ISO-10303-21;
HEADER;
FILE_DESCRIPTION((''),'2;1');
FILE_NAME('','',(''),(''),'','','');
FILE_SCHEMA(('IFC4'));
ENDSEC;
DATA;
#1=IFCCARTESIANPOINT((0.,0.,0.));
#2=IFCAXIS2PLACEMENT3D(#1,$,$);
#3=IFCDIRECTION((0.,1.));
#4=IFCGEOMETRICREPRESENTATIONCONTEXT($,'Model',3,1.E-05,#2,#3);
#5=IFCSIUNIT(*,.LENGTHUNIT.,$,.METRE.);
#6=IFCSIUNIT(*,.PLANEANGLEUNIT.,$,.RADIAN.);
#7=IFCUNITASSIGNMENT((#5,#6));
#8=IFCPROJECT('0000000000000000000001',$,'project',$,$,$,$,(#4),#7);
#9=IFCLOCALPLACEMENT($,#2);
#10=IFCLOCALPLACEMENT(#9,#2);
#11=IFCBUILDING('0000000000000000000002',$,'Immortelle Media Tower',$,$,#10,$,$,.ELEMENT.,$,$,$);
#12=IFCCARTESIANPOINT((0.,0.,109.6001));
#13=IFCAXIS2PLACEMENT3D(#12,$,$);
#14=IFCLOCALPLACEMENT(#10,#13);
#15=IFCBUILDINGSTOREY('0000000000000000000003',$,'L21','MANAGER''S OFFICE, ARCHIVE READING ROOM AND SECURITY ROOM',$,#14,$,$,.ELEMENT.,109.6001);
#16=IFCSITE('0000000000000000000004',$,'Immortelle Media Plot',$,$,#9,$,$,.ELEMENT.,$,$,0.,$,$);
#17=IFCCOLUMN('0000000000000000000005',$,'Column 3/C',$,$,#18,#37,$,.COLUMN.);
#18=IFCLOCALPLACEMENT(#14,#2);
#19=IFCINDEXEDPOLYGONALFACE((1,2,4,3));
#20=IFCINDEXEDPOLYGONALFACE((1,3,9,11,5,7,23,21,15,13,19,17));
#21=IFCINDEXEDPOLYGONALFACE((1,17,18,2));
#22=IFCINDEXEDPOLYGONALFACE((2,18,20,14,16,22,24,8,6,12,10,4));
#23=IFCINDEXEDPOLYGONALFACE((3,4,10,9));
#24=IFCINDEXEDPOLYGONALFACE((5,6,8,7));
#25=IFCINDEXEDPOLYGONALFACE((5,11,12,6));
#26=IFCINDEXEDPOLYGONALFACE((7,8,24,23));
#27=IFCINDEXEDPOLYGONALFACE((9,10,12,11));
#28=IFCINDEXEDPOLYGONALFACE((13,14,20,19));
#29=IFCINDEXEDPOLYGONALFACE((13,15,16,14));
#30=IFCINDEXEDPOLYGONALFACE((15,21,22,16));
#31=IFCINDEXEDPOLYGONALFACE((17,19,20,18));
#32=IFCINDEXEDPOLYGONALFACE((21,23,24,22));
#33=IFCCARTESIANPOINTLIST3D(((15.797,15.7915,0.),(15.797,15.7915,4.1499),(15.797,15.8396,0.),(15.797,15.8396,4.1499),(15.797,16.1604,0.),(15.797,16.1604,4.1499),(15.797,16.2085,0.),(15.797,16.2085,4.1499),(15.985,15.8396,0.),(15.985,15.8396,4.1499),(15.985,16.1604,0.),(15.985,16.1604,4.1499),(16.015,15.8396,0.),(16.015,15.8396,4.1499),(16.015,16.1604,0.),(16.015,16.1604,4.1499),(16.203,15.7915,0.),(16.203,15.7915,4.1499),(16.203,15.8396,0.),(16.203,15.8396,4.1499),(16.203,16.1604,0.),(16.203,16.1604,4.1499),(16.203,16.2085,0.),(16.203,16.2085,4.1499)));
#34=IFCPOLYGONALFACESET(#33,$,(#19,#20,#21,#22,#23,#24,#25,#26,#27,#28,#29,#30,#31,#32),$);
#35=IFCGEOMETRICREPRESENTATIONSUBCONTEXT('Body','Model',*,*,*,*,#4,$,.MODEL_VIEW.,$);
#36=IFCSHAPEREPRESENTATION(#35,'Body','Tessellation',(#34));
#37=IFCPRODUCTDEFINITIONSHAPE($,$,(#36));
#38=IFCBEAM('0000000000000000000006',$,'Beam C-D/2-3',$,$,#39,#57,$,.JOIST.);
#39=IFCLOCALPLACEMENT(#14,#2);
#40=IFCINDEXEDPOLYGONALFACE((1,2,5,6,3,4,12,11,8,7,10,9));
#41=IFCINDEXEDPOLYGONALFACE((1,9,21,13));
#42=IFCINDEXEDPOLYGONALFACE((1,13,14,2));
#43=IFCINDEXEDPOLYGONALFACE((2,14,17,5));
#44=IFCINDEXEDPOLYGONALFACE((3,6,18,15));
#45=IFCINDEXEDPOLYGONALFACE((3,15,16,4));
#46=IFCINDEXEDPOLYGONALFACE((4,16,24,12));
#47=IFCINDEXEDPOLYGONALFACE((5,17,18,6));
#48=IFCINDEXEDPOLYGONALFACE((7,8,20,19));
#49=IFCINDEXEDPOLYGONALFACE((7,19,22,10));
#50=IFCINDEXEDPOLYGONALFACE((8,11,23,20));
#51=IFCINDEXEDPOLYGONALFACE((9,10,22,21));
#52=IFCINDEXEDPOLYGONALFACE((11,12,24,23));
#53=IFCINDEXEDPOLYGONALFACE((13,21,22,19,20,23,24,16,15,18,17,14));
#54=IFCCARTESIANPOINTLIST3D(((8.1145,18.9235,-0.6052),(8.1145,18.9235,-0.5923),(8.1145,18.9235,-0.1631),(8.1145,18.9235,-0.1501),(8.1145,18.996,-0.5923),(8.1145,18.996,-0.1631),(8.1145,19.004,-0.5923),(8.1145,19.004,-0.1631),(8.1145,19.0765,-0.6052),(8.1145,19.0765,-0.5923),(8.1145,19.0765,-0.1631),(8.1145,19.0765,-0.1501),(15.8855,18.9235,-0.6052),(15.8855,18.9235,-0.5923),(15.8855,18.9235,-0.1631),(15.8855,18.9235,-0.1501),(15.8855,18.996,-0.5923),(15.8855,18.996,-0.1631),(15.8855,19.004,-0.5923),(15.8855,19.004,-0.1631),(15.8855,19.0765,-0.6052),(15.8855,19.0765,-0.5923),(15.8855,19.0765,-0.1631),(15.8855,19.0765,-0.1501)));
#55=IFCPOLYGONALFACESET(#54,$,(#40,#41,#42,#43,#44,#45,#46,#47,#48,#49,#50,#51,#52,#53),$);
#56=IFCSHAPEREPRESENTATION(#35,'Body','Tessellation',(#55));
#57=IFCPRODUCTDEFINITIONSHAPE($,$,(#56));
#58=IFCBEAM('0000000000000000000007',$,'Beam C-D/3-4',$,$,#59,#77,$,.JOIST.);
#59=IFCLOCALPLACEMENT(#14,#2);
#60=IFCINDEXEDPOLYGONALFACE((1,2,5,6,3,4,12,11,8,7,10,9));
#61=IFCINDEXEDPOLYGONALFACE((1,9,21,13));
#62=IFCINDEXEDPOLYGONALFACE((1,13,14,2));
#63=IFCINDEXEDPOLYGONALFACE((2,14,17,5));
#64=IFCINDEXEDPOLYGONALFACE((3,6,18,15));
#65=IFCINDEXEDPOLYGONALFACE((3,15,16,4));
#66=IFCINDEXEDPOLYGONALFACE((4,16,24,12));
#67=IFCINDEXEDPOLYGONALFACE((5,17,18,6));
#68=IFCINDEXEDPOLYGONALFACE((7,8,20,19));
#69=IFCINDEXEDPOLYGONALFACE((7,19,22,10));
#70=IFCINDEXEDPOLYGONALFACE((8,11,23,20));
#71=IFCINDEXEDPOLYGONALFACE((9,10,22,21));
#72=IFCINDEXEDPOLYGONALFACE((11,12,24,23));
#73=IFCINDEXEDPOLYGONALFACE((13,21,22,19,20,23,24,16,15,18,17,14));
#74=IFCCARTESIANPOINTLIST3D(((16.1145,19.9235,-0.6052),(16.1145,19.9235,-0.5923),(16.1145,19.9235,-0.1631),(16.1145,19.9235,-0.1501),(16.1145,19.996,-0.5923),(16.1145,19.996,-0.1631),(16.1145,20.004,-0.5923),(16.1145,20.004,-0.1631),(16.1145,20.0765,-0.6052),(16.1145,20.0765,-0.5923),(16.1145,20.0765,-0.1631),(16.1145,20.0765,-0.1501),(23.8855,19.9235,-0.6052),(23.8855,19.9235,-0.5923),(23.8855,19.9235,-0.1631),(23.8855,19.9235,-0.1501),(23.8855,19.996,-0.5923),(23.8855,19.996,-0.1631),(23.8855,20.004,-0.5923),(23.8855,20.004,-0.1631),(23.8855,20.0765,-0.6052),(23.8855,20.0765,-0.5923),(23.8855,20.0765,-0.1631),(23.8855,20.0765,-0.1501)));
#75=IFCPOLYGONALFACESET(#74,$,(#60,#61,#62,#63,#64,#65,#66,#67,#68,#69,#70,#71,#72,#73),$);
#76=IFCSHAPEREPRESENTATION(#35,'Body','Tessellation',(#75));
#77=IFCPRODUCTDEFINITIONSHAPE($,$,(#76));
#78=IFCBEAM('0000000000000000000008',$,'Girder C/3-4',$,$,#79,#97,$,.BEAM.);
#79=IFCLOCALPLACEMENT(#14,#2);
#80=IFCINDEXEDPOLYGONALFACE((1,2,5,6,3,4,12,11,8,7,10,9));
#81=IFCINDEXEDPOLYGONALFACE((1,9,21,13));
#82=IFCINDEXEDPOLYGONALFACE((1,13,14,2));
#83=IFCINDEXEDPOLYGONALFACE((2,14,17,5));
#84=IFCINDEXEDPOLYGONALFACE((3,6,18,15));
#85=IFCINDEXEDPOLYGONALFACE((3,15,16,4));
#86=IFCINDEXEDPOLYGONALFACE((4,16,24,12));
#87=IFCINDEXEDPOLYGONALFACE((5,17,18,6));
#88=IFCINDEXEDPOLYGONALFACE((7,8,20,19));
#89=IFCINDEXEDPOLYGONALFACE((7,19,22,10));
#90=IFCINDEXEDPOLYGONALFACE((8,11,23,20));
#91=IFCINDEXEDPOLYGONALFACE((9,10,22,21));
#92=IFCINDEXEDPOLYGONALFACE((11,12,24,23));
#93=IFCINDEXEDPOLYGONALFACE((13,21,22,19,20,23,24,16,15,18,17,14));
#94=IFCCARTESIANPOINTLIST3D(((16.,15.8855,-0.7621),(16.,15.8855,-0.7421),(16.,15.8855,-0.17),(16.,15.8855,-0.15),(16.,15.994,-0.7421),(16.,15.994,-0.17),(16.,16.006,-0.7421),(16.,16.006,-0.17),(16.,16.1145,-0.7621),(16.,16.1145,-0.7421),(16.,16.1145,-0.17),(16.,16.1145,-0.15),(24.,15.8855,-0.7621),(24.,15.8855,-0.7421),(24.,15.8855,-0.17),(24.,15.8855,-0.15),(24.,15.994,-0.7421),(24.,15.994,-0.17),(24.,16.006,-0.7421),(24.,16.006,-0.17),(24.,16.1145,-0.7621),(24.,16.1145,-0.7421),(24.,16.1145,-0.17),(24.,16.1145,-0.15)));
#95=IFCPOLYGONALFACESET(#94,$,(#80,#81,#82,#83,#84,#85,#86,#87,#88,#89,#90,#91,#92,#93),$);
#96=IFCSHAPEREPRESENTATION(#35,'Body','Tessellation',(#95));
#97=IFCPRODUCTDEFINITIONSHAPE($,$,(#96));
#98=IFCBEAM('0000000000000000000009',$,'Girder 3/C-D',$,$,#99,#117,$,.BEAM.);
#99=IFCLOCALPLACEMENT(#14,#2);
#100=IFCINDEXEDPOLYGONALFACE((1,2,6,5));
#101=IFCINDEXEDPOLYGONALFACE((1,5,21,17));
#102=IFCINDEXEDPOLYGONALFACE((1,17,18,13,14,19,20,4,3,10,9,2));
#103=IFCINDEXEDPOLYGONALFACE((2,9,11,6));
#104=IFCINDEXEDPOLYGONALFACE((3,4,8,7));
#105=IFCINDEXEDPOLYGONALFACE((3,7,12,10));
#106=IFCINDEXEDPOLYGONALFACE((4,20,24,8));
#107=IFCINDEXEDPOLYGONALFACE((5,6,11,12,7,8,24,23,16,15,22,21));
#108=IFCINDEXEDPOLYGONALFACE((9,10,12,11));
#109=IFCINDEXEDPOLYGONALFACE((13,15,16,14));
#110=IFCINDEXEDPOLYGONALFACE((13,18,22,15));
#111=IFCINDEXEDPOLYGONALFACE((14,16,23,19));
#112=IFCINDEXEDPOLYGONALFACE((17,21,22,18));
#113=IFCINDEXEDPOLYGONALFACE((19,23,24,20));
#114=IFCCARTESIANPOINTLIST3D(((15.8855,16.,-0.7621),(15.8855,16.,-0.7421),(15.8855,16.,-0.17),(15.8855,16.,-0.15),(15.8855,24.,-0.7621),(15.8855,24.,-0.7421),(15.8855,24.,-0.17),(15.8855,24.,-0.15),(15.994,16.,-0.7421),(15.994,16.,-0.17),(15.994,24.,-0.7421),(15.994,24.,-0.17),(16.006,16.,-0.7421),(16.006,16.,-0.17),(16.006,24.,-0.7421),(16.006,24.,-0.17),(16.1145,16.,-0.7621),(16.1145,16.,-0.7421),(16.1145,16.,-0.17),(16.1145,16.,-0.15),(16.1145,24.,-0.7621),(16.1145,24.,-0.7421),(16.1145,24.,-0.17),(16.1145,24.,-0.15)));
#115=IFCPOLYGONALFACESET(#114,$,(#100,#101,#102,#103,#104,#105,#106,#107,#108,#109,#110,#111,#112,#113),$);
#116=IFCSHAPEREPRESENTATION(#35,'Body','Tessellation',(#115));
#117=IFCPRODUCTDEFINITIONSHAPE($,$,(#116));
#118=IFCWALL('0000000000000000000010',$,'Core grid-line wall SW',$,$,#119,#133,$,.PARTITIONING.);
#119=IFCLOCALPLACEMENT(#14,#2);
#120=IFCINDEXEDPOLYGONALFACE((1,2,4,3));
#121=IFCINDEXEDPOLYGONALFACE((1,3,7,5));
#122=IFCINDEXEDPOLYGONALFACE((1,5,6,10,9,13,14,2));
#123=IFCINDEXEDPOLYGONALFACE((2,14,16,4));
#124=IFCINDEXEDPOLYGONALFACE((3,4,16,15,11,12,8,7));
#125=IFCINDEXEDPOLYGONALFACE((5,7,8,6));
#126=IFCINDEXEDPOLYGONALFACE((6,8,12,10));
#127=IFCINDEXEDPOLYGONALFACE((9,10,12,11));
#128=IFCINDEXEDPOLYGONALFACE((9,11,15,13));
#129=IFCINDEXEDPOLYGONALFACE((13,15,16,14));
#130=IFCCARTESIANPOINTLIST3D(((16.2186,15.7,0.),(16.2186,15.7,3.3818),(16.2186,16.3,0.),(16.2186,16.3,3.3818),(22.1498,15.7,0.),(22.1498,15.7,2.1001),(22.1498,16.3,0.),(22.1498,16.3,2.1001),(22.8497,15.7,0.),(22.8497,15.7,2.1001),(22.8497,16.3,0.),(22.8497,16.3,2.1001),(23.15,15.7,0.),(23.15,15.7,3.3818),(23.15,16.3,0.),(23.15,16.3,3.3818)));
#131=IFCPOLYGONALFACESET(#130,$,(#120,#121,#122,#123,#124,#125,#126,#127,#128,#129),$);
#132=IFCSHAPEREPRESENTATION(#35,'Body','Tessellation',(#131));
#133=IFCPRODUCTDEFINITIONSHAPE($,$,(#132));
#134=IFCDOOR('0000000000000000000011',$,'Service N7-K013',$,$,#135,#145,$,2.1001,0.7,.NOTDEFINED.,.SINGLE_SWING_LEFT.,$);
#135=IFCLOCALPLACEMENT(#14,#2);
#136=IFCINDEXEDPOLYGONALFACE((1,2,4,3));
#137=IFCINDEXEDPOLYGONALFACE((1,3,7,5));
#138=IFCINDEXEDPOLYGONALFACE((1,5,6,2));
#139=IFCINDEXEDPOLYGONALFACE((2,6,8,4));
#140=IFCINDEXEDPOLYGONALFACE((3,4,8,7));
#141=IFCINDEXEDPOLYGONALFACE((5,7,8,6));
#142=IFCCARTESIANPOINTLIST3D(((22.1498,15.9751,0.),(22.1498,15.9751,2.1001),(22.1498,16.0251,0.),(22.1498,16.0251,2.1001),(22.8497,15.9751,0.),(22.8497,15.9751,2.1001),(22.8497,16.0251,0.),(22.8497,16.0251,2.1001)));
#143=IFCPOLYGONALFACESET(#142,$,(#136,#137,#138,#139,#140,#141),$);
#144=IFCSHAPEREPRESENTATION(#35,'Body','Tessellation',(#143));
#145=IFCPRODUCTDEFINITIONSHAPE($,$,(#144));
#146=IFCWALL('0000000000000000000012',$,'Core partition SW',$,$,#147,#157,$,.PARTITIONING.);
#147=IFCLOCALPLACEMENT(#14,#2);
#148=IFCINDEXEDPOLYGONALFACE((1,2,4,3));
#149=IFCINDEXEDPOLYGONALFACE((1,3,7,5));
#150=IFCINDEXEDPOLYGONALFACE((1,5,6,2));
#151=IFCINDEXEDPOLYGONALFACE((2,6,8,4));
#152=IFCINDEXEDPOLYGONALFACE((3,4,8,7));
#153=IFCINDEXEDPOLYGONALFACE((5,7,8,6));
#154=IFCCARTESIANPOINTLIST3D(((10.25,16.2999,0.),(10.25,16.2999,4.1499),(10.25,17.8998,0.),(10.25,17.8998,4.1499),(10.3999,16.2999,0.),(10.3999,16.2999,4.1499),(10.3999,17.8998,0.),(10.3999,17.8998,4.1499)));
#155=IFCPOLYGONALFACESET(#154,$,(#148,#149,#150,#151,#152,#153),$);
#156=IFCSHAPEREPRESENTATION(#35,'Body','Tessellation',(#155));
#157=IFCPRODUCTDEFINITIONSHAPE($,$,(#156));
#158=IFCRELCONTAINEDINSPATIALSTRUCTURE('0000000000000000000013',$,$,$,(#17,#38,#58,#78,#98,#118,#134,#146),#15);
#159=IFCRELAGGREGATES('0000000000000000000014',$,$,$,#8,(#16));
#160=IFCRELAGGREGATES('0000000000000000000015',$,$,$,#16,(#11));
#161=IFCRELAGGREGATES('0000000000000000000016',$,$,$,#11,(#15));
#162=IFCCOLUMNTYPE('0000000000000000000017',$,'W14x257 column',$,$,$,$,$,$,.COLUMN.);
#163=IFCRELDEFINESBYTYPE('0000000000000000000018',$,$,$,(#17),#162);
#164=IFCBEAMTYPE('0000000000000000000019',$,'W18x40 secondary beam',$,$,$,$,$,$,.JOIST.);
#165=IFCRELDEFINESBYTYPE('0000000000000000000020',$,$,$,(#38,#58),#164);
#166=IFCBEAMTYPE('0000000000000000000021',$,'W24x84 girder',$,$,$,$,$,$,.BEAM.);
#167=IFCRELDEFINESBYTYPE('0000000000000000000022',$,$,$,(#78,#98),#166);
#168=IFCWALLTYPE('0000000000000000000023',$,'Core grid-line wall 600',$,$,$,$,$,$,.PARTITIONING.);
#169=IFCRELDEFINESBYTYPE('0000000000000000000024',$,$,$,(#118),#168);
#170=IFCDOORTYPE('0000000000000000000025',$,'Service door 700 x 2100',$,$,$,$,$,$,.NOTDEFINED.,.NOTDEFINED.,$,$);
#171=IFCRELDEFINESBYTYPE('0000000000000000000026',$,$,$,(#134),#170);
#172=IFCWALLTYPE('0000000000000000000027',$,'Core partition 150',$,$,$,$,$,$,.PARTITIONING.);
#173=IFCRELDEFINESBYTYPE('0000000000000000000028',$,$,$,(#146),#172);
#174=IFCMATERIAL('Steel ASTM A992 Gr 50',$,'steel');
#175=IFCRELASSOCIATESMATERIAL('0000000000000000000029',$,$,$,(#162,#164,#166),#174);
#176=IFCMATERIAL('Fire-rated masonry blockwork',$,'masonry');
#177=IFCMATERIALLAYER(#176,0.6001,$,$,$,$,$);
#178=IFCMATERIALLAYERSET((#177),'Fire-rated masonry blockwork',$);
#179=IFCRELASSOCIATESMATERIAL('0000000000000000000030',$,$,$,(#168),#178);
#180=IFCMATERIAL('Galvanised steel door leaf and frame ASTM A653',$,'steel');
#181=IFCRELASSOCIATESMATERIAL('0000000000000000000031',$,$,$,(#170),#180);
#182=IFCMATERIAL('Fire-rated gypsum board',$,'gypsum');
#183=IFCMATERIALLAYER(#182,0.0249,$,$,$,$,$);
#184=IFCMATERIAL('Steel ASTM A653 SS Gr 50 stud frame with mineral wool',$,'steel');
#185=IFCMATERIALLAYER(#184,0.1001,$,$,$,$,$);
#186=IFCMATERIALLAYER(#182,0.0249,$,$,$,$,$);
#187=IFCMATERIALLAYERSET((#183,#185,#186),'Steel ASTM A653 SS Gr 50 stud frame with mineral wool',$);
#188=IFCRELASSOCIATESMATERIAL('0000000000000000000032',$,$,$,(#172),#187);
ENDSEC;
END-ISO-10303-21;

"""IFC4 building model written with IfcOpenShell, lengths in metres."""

from ifc_helpers import new_model, si_unit, direction, frame, frame_2d, origin, origin_2d, place, context, subcontext, project, spatial, rectangle, i_section, extrude, material, layer, layer_set, material_profile, profile_set, type_object, element, fill, save


model = new_model("IFC4")

# Units and contexts
model_context = context("Model", 3, precision=1e-05, world=origin(), true_north=direction((0.0, 1.0)))
body_context = subcontext(model_context, "Body", "Model", "MODEL_VIEW")
ifc_project = project(units=[si_unit("LENGTHUNIT", "METRE"), si_unit("PLANEANGLEUNIT", "RADIAN")], contexts=[model_context])

# Site, building, storey
site_placement = place(None, origin())
site = spatial("IfcSite", under=ifc_project, at=site_placement, Name="Immortelle Media Plot", CompositionType="ELEMENT", RefElevation=0.0)
building_placement = place(site_placement, origin())
building = spatial("IfcBuilding", under=site, at=building_placement, Name="Immortelle Media Tower", CompositionType="ELEMENT")
storey_placement = place(building_placement, frame((0.0, 0.0, 109.6001)))
storey = spatial("IfcBuildingStorey", under=building, at=storey_placement, Name="L21", Description="MANAGER'S OFFICE, ARCHIVE READING ROOM AND SECURITY ROOM", CompositionType="ELEMENT", Elevation=109.6001)

# Column
ifc_material_1 = material(Name="Steel ASTM A992 Gr 50", Category="steel")
ifc_material_profile_1 = material_profile(ifc_material_1, i_section(OverallWidth=0.406, OverallDepth=0.417, WebThickness=0.03, FlangeThickness=0.0481, at=origin_2d()), Name="W14x257")
ifc_profile_set_1 = profile_set([ifc_material_profile_1], Name="Steel ASTM A992 Gr 50")
column_type = type_object("IfcColumnType", Name="W14x257 column", PredefinedType="COLUMN", material=ifc_profile_set_1)
column_placement = place(storey_placement, frame((16.0, 16.0, 0.0), z_axis=(0.0, 0.0, 1.0), x_axis=(1.0, 0.0, 0.0)))
element("IfcColumn", 1, at=column_placement, inside=storey, type_object=column_type, Name="Column 3/C", PredefinedType="COLUMN", context=body_context, shape_type="SweptSolid", body=[
    extrude(i_section(OverallWidth=0.406, OverallDepth=0.417, WebThickness=0.03, FlangeThickness=0.0481, at=origin_2d()), origin(), (0.0, 0.0, 1.0), 4.1499),
])

# Beams
ifc_material_profile_2 = material_profile(ifc_material_1, i_section(OverallWidth=0.1531, OverallDepth=0.4551, WebThickness=0.0081, FlangeThickness=0.0129, at=origin_2d()), Name="W18x40")
ifc_profile_set_2 = profile_set([ifc_material_profile_2], Name="Steel ASTM A992 Gr 50")
beam_type_1 = type_object("IfcBeamType", Name="W18x40 secondary beam", PredefinedType="JOIST", material=ifc_profile_set_2)
for number, where, z_axis, x_axis, name in (
    (2, (8.1145, 19.0, -0.3777), (1.0, 0.0, 0.0), (0.0, 1.0, 0.0), "Beam C-D/2-3"),
    (3, (16.1145, 20.0, -0.3777), (1.0, 0.0, 0.0), (0.0, 1.0, 0.0), "Beam C-D/3-4"),
):
    element("IfcBeam", number, at=place(storey_placement, frame(where, z_axis=z_axis, x_axis=x_axis)), inside=storey, type_object=beam_type_1, Name=name, PredefinedType="JOIST", context=body_context, shape_type="SweptSolid", body=[
        extrude(i_section(OverallWidth=0.1531, OverallDepth=0.4551, WebThickness=0.0081, FlangeThickness=0.0129, at=origin_2d()), origin(), (0.0, 0.0, 1.0), 7.771),
    ])
ifc_material_profile_3 = material_profile(ifc_material_1, i_section(OverallWidth=0.229, OverallDepth=0.6121, WebThickness=0.012, FlangeThickness=0.02, at=origin_2d()), Name="W24x84")
ifc_profile_set_3 = profile_set([ifc_material_profile_3], Name="Steel ASTM A992 Gr 50")
beam_type_2 = type_object("IfcBeamType", Name="W24x84 girder", PredefinedType="BEAM", material=ifc_profile_set_3)
for number, where, z_axis, x_axis, name in (
    (4, (16.0, 16.0, -0.4561), (1.0, 0.0, 0.0), (0.0, 1.0, 0.0), "Girder C/3-4"),
    (5, (16.0, 16.0, -0.4561), (0.0, 1.0, 0.0), (-1.0, 0.0, 0.0), "Girder 3/C-D"),
):
    element("IfcBeam", number, at=place(storey_placement, frame(where, z_axis=z_axis, x_axis=x_axis)), inside=storey, type_object=beam_type_2, Name=name, PredefinedType="BEAM", context=body_context, shape_type="SweptSolid", body=[
        extrude(i_section(OverallWidth=0.229, OverallDepth=0.6121, WebThickness=0.012, FlangeThickness=0.02, at=origin_2d()), origin(), (0.0, 0.0, 1.0), 8.0),
    ])

# Wall, opening, door
ifc_material_2 = material(Name="Fire-rated masonry blockwork", Category="masonry")
ifc_layer_1 = layer(ifc_material_2, 0.6001)
ifc_layer_set_1 = layer_set([ifc_layer_1], Name="Fire-rated masonry blockwork")
wall_type_1 = type_object("IfcWallType", Name="Core grid-line wall 600", PredefinedType="PARTITIONING", material=ifc_layer_set_1)
wall_1_placement = place(storey_placement, frame((16.2185, 16.0, 0.0), z_axis=(0.0, 0.0, 1.0), x_axis=(1.0, 0.0, 0.0)))
wall_1 = element("IfcWall", 6, at=wall_1_placement, inside=storey, type_object=wall_type_1, Name="Core grid-line wall SW", PredefinedType="PARTITIONING", context=body_context, shape_type="SweptSolid", body=[
    extrude(rectangle(XDim=6.9314, YDim=0.6001, at=frame_2d((3.4658, 0.0))), origin(), (0.0, 0.0, 1.0), 3.3818),
])
opening_1_placement = place(wall_1_placement, frame((6.6313, 0.0, 0.0), z_axis=(0.0, 0.0, 1.0), x_axis=(-1.0, 0.0, 0.0)))
opening_1 = element("IfcOpeningElement", 7, at=opening_1_placement, cuts=wall_1, PredefinedType="OPENING", context=body_context, shape_type="SweptSolid", body=[
    extrude(rectangle(XDim=0.7, YDim=2.1001, at=frame_2d((0.3501, 1.05))), frame((0.0, 0.3101, 0.0), z_axis=(0.0, -1.0, 0.0), x_axis=(1.0, 0.0, 0.0)), (0.0, 0.0, 1.0), 0.6201),
])
ifc_material_3 = material(Name="Galvanised steel door leaf and frame ASTM A653", Category="steel")
door_type_1 = type_object("IfcDoorType", Name="Service door 700 x 2100", OperationType="NOTDEFINED", PredefinedType="NOTDEFINED", material=ifc_material_3)
door_1_placement = place(opening_1_placement, origin())
door_1 = element("IfcDoor", 8, at=door_1_placement, inside=storey, type_object=door_type_1, Name="Service N7-K013", OperationType="SINGLE_SWING_LEFT", OverallHeight=2.1001, OverallWidth=0.7, PredefinedType="NOTDEFINED", context=body_context, shape_type="SweptSolid", body=[
    extrude(rectangle(XDim=0.7, YDim=2.1001, at=frame_2d((0.3501, 1.05))), frame((0.0, 0.0249, 0.0), z_axis=(0.0, -1.0, 0.0), x_axis=(1.0, 0.0, 0.0)), (0.0, 0.0, 1.0), 0.05),
])
fill(opening_1, door_1)

# Wall
ifc_material_4 = material(Name="Fire-rated gypsum board", Category="gypsum")
ifc_layer_2 = layer(ifc_material_4, 0.0249)
ifc_material_5 = material(Name="Steel ASTM A653 SS Gr 50 stud frame with mineral wool", Category="steel")
ifc_layer_3 = layer(ifc_material_5, 0.1001)
ifc_layer_4 = layer(ifc_material_4, 0.0249)
ifc_layer_set_2 = layer_set([ifc_layer_2, ifc_layer_3, ifc_layer_4], Name="Steel ASTM A653 SS Gr 50 stud frame with mineral wool")
wall_type_2 = type_object("IfcWallType", Name="Core partition 150", PredefinedType="PARTITIONING", material=ifc_layer_set_2)
wall_2_placement = place(storey_placement, frame((10.325, 16.3, 0.0), z_axis=(0.0, 0.0, 1.0), x_axis=(0.0, 1.0, 0.0)))
element("IfcWall", 9, at=wall_2_placement, inside=storey, type_object=wall_type_2, Name="Core partition SW", PredefinedType="PARTITIONING", context=body_context, shape_type="SweptSolid", body=[
    extrude(rectangle(XDim=1.5999, YDim=0.1499, at=frame_2d((0.7998, 0.0))), origin(), (0.0, 0.0, 1.0), 4.1499),
])

save(model, "model.ifc")
